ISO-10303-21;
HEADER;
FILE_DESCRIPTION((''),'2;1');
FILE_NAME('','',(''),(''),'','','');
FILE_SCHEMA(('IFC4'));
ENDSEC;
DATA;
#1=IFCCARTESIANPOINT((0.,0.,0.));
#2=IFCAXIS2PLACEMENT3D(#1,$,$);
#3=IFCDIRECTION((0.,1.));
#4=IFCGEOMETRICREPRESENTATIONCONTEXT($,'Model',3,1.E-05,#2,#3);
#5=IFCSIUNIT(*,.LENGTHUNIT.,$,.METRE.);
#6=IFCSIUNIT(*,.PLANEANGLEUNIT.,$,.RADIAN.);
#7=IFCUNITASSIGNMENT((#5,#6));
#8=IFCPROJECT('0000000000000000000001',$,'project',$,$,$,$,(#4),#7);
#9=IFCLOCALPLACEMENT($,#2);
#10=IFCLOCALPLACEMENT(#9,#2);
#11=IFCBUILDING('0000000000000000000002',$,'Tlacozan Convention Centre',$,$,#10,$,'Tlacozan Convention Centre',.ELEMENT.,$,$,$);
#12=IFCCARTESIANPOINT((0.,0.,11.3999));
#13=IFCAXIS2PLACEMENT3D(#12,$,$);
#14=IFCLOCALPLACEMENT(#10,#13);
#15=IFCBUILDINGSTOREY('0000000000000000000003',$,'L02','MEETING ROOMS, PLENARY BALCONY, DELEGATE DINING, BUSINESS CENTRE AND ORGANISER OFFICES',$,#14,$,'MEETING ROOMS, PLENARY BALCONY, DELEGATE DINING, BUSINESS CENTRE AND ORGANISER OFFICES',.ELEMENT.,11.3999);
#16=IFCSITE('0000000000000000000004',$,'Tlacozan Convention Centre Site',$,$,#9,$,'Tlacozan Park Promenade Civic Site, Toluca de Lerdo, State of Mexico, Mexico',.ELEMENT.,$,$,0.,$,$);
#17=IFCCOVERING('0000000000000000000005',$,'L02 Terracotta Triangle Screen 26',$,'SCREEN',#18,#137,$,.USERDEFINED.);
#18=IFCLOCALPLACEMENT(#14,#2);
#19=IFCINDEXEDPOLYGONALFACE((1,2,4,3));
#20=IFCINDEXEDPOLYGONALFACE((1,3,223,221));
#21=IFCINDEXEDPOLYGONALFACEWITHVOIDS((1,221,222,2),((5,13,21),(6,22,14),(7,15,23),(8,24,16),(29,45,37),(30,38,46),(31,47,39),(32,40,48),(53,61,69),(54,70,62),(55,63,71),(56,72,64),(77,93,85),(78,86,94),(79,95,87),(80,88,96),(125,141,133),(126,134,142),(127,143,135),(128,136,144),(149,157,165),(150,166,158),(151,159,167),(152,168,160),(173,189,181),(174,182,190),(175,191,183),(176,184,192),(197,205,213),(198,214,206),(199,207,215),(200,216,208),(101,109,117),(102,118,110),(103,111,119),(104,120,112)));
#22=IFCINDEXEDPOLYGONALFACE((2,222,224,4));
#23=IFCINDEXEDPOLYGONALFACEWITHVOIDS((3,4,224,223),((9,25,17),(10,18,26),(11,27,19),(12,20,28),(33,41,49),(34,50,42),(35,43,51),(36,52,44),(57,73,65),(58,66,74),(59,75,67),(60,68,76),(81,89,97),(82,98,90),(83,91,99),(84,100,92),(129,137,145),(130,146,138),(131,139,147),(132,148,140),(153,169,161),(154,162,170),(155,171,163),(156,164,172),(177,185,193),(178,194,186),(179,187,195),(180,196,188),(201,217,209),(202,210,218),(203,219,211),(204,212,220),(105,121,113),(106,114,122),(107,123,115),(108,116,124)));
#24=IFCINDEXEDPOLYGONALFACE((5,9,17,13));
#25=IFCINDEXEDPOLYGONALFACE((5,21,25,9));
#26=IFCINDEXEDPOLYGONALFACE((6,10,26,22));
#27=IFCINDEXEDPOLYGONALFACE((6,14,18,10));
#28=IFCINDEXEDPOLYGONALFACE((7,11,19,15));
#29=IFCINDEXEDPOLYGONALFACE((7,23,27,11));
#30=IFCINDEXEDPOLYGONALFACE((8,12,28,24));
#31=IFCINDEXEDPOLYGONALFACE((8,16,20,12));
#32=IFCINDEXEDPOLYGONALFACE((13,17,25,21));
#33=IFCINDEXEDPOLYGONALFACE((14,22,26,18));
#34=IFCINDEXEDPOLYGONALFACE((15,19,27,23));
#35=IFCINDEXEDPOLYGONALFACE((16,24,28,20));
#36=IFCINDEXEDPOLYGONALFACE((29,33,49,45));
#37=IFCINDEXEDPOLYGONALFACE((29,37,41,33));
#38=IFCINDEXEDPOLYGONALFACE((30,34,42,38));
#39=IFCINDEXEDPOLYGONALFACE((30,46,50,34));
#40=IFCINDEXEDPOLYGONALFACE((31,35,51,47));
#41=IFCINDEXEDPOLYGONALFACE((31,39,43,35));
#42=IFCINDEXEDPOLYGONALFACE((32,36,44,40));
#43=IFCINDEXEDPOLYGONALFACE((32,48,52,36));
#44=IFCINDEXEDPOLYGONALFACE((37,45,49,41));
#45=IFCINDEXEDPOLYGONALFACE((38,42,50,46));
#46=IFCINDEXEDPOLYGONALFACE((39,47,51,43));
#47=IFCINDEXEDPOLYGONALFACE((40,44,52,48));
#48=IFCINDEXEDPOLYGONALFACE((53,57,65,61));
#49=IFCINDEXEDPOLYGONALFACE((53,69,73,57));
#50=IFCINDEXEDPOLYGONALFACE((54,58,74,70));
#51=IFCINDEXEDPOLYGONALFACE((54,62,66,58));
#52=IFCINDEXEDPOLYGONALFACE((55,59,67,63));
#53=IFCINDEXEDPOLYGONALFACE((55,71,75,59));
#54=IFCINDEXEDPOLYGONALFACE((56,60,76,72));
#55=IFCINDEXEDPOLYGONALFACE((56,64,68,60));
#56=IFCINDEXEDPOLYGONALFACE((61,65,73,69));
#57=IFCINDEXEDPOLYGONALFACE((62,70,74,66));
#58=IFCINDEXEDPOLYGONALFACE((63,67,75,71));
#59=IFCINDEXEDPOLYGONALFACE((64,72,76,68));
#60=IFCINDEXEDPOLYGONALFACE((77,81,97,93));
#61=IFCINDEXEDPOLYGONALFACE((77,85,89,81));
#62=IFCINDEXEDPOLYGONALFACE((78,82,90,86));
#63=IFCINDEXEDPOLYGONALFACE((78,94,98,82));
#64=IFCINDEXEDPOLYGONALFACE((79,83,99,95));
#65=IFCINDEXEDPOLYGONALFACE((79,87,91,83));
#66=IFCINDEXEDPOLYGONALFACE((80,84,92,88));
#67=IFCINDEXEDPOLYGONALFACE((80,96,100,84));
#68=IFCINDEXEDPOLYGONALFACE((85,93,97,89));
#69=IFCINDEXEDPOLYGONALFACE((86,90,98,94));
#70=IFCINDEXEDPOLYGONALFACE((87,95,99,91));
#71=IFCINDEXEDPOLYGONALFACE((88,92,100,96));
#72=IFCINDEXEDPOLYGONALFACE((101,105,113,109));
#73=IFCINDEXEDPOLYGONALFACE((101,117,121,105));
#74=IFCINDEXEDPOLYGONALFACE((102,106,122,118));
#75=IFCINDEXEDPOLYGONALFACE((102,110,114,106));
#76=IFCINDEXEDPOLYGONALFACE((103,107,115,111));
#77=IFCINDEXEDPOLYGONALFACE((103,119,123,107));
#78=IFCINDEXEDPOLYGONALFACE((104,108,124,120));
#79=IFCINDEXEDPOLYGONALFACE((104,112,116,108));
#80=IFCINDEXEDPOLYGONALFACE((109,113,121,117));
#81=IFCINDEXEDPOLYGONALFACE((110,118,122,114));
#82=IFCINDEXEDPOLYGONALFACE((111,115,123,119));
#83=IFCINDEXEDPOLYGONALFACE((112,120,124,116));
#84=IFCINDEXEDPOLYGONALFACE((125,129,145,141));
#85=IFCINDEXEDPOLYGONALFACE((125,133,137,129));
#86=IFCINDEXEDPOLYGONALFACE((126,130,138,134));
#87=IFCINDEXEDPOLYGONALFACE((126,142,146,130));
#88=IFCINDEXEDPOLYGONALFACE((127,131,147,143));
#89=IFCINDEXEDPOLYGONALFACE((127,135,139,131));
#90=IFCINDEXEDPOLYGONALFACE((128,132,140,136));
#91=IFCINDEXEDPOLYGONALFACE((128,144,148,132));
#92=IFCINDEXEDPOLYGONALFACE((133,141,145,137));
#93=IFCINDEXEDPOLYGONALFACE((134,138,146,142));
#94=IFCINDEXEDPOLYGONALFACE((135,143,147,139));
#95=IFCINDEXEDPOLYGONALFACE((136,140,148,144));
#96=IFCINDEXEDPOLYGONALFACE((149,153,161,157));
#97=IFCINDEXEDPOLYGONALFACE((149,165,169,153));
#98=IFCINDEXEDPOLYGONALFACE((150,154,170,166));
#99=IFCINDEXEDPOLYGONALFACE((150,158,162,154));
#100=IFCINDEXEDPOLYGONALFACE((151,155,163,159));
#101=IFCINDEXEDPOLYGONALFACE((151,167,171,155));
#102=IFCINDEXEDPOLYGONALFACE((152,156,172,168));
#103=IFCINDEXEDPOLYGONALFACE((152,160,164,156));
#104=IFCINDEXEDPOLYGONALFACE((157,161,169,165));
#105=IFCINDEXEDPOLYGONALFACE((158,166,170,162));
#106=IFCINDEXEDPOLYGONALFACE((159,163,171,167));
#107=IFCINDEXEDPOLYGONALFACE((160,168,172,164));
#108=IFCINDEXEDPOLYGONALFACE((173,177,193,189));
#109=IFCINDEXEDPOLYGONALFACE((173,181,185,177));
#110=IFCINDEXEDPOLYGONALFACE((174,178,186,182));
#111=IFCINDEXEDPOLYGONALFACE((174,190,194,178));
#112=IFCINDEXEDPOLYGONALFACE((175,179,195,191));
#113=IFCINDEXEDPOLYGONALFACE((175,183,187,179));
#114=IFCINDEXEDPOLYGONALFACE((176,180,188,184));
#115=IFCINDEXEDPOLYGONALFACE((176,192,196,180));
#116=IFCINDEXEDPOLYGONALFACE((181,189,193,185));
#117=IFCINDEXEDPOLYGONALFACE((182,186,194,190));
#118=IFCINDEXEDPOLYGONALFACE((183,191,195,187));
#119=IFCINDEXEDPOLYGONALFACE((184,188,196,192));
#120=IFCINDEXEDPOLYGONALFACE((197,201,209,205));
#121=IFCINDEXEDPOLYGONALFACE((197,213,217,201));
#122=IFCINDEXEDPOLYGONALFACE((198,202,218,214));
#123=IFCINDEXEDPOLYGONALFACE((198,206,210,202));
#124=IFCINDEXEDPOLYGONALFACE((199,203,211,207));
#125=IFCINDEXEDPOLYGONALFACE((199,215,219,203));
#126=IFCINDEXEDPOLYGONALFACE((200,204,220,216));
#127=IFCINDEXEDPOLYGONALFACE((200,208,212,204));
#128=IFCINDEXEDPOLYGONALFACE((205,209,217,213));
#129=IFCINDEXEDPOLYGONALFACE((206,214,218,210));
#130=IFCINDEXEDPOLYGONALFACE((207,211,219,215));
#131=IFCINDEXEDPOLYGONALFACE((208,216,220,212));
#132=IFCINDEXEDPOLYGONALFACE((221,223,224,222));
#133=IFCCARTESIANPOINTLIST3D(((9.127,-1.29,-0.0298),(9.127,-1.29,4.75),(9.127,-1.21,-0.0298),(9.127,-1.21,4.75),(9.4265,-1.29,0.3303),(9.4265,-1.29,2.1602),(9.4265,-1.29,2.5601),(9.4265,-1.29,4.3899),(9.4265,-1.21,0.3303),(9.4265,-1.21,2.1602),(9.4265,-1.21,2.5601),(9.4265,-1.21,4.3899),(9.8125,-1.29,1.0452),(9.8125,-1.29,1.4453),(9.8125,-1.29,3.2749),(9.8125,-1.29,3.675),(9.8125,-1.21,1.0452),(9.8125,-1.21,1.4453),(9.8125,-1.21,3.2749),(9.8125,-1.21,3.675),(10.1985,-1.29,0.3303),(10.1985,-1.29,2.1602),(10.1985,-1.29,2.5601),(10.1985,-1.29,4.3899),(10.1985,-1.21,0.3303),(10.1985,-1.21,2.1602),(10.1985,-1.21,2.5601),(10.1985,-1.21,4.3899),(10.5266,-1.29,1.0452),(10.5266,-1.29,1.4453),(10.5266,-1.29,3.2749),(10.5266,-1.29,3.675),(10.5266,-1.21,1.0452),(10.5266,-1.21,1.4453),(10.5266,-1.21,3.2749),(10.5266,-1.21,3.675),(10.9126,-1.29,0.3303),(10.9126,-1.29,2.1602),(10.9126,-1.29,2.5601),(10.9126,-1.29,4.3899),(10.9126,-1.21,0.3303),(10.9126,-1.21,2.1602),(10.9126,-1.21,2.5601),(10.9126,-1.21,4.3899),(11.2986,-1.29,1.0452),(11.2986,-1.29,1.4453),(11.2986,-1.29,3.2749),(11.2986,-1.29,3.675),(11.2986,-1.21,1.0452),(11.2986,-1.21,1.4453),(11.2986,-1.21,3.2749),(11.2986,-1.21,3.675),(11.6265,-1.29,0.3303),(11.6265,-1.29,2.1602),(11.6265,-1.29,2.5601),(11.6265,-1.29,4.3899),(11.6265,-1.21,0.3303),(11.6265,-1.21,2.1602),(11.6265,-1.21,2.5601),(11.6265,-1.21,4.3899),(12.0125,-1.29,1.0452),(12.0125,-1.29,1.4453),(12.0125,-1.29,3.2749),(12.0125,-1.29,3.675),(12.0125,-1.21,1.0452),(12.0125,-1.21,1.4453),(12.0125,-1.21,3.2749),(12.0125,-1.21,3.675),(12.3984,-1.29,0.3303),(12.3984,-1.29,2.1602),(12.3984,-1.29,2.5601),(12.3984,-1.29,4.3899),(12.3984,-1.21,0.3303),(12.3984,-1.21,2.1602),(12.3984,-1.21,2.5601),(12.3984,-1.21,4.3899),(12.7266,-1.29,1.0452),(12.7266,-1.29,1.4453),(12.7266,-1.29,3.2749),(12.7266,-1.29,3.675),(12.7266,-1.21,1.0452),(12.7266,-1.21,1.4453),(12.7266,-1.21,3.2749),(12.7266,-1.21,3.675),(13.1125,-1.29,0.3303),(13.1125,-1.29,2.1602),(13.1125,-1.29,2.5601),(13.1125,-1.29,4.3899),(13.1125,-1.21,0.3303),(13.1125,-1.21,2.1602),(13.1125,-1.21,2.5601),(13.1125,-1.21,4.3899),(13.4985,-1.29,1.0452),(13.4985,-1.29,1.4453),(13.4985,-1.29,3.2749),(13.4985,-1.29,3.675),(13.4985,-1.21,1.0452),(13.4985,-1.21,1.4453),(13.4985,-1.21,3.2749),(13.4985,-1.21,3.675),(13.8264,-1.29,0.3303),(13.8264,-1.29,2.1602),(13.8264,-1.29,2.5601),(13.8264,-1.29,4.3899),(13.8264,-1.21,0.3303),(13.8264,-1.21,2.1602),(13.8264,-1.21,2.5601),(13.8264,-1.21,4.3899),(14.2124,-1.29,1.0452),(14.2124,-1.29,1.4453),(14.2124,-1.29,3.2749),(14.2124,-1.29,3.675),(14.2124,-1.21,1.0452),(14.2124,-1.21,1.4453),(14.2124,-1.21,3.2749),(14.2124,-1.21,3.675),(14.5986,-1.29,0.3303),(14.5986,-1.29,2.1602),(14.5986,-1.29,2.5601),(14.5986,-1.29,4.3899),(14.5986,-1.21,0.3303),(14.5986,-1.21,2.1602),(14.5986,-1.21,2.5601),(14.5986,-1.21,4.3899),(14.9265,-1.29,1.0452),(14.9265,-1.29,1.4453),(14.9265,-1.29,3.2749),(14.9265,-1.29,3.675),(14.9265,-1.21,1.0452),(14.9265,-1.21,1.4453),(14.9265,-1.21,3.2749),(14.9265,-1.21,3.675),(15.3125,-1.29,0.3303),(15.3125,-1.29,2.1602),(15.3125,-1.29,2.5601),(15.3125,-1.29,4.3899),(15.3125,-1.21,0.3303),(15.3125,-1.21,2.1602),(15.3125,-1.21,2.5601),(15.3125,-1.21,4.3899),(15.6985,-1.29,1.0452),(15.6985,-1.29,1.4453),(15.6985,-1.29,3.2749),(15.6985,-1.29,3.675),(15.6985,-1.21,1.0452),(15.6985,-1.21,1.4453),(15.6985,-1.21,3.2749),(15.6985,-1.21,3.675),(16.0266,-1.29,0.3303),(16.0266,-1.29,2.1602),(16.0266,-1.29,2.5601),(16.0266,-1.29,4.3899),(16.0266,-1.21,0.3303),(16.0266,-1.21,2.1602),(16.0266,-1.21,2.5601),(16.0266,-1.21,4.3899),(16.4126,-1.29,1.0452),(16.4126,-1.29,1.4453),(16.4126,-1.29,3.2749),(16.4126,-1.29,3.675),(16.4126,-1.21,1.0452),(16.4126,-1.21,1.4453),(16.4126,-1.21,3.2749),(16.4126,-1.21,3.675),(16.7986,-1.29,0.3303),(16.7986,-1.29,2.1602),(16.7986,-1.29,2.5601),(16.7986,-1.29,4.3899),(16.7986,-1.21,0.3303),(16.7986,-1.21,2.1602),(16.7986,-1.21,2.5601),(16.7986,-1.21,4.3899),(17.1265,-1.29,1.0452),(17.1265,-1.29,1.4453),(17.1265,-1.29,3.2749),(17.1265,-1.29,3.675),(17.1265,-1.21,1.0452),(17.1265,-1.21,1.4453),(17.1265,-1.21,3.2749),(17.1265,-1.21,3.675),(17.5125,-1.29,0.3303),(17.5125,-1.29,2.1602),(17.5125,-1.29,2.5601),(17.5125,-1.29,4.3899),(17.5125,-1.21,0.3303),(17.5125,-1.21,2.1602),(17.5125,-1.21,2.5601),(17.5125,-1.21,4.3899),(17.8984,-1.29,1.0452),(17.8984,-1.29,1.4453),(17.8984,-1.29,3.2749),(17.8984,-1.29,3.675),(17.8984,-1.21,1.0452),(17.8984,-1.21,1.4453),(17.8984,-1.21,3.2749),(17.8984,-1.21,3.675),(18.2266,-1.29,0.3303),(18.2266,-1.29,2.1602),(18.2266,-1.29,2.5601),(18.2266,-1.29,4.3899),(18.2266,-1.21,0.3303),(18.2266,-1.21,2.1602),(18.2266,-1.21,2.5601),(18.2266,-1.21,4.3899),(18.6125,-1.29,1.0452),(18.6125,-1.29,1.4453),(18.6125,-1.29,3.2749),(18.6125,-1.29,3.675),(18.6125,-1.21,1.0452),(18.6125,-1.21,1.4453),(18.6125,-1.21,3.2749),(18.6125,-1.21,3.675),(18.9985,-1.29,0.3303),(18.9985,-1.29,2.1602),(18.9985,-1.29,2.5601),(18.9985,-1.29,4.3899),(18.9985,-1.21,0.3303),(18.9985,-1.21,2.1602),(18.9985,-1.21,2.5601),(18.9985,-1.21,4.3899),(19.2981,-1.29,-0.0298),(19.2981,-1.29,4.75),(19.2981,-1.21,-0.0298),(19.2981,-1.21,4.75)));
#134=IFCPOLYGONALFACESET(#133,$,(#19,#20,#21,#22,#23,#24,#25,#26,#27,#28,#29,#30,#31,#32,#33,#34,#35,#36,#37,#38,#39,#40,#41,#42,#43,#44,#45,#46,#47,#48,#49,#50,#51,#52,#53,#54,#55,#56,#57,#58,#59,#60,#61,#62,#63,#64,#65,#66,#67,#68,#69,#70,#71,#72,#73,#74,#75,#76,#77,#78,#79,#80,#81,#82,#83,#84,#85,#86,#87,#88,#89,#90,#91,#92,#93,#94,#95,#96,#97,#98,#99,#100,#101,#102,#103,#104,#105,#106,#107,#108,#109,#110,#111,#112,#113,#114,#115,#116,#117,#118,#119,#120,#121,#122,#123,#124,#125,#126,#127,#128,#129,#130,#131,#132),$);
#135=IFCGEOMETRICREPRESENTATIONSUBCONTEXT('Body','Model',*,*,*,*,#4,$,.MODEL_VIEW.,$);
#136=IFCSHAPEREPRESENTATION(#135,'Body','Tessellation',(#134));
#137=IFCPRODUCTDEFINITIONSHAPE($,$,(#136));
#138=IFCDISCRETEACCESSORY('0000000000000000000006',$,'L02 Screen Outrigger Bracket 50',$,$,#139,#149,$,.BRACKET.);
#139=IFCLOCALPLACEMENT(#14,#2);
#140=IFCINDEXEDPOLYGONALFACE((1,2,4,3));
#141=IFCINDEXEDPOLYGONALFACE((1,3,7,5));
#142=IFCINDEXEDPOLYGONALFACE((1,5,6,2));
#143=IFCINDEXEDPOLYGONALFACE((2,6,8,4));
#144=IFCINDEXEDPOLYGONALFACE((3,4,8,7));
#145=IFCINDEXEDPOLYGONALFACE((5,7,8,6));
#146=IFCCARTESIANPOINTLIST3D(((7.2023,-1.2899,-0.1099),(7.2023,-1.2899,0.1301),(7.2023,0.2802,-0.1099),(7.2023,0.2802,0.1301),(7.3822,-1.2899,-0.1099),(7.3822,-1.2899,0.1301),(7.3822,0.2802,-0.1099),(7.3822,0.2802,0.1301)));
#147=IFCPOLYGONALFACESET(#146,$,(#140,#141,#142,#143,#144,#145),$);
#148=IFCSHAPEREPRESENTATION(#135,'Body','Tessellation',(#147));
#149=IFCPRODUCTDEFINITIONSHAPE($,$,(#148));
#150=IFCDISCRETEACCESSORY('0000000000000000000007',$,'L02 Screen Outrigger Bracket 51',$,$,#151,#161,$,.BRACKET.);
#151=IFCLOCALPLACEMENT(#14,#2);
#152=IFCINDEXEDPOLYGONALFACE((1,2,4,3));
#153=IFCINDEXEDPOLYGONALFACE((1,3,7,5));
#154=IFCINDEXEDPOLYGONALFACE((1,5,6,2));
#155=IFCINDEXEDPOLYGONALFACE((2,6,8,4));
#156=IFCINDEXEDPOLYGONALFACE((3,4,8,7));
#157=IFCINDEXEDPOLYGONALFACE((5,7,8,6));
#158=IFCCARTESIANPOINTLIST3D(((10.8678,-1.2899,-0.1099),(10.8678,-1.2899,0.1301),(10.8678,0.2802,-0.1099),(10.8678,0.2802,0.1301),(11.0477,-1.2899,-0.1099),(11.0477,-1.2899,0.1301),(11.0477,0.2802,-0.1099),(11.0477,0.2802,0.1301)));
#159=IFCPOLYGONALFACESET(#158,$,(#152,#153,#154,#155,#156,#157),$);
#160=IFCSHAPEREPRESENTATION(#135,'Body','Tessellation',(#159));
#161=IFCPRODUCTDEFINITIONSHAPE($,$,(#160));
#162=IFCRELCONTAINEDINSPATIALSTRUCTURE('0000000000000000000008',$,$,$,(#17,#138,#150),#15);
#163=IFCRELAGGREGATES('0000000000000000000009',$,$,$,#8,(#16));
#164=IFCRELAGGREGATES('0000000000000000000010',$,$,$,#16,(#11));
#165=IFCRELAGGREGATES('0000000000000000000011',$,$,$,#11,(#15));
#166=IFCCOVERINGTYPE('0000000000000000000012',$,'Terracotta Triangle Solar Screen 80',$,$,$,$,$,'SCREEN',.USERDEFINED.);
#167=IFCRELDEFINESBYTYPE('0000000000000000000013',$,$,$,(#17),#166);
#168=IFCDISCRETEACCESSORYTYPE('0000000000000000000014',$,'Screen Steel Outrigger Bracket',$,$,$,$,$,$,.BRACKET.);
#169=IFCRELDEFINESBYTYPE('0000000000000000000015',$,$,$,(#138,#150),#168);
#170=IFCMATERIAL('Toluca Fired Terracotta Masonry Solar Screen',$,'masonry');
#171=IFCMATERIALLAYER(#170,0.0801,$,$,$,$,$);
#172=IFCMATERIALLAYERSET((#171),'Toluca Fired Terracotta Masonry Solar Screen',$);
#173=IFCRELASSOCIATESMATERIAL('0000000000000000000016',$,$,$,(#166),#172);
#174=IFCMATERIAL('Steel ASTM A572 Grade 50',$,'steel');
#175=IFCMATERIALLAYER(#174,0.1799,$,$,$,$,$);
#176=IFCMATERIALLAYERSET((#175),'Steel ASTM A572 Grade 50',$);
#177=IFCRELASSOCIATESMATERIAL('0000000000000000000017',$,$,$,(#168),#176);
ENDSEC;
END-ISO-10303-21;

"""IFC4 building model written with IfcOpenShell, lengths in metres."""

from ifc_helpers import new_model, si_unit, direction, frame, origin, origin_2d, place, context, subcontext, project, spatial, polyline, rectangle, outline, extrude, material, layer, layer_set, type_object, element, save


model = new_model("IFC4")

# Units and contexts
model_context = context("Model", 3, precision=1e-05, world=origin(), true_north=direction((0.0, 1.0)))
body_context = subcontext(model_context, "Body", "Model", "MODEL_VIEW")
ifc_project = project(units=[si_unit("LENGTHUNIT", "METRE"), si_unit("PLANEANGLEUNIT", "RADIAN")], contexts=[model_context])

# Site, building, storey
site_placement = place(None, origin())
site = spatial("IfcSite", under=ifc_project, at=site_placement, Name="Tlacozan Convention Centre Site", LongName="Tlacozan Park Promenade Civic Site, Toluca de Lerdo, State of Mexico, Mexico", CompositionType="ELEMENT", RefElevation=0.0)
building_placement = place(site_placement, origin())
building = spatial("IfcBuilding", under=site, at=building_placement, Name="Tlacozan Convention Centre", LongName="Tlacozan Convention Centre", CompositionType="ELEMENT")
storey_placement = place(building_placement, frame((0.0, 0.0, 11.3999)))
storey = spatial("IfcBuildingStorey", under=building, at=storey_placement, Name="L02", Description="MEETING ROOMS, PLENARY BALCONY, DELEGATE DINING, BUSINESS CENTRE AND ORGANISER OFFICES", LongName="MEETING ROOMS, PLENARY BALCONY, DELEGATE DINING, BUSINESS CENTRE AND ORGANISER OFFICES", CompositionType="ELEMENT", Elevation=11.3999)

# Covering
ifc_material_1 = material(Name="Toluca Fired Terracotta Masonry Solar Screen", Category="masonry")
ifc_layer_1 = layer(ifc_material_1, 0.0801)
ifc_layer_set_1 = layer_set([ifc_layer_1], Name="Toluca Fired Terracotta Masonry Solar Screen")
covering_type = type_object("IfcCoveringType", Name="Terracotta Triangle Solar Screen 80", ElementType="SCREEN", PredefinedType="USERDEFINED", material=ifc_layer_set_1)
covering_placement = place(storey_placement, frame((9.127, -1.25, -0.0298), z_axis=(0.0, 0.0, 1.0), x_axis=(1.0, 0.0, 0.0)))
element("IfcCovering", 1, at=covering_placement, inside=storey, type_object=covering_type, Name="L02 Terracotta Triangle Screen 26", ObjectType="SCREEN", PredefinedType="USERDEFINED", context=body_context, shape_type="SweptSolid", body=[
    extrude(outline(polyline([(0.0, 0.0), (10.1711, 0.0), (10.1711, 4.7798), (0.0, 4.7798), (0.0, 0.0)]), holes=[polyline([(0.2996, 0.3601), (1.0715, 0.3601), (0.6855, 1.075), (0.2996, 0.3601)]), polyline([(1.3997, 1.075), (2.1716, 1.075), (1.7856, 0.3601), (1.3997, 1.075)]), polyline([(2.4995, 0.3601), (3.2715, 0.3601), (2.8855, 1.075), (2.4995, 0.3601)]), polyline([(3.5996, 1.075), (4.3716, 1.075), (3.9856, 0.3601), (3.5996, 1.075)]), polyline([(4.6995, 0.3601), (5.4717, 0.3601), (5.0854, 1.075), (4.6995, 0.3601)]), polyline([(5.7996, 1.075), (6.5715, 1.075), (6.1855, 0.3601), (5.7996, 1.075)]), polyline([(6.8997, 0.3601), (7.6716, 0.3601), (7.2856, 1.075), (6.8997, 0.3601)]), polyline([(7.9995, 1.075), (8.7715, 1.075), (8.3855, 0.3601), (7.9995, 1.075)]), polyline([(9.0996, 0.3601), (9.8716, 0.3601), (9.4856, 1.075), (9.0996, 0.3601)]), polyline([(0.2996, 2.1899), (1.0715, 2.1899), (0.6855, 1.4751), (0.2996, 2.1899)]), polyline([(1.3997, 1.4751), (2.1716, 1.4751), (1.7856, 2.1899), (1.3997, 1.4751)]), polyline([(2.4995, 2.1899), (3.2715, 2.1899), (2.8855, 1.4751), (2.4995, 2.1899)]), polyline([(3.5996, 1.4751), (4.3716, 1.4751), (3.9856, 2.1899), (3.5996, 1.4751)]), polyline([(4.6995, 2.1899), (5.4717, 2.1899), (5.0854, 1.4751), (4.6995, 2.1899)]), polyline([(5.7996, 1.4751), (6.5715, 1.4751), (6.1855, 2.1899), (5.7996, 1.4751)]), polyline([(6.8997, 2.1899), (7.6716, 2.1899), (7.2856, 1.4751), (6.8997, 2.1899)]), polyline([(7.9995, 1.4751), (8.7715, 1.4751), (8.3855, 2.1899), (7.9995, 1.4751)]), polyline([(9.0996, 2.1899), (9.8716, 2.1899), (9.4856, 1.4751), (9.0996, 2.1899)]), polyline([(0.2996, 2.5898), (1.0715, 2.5898), (0.6855, 3.3047), (0.2996, 2.5898)]), polyline([(1.3997, 3.3047), (2.1716, 3.3047), (1.7856, 2.5898), (1.3997, 3.3047)]), polyline([(2.4995, 2.5898), (3.2715, 2.5898), (2.8855, 3.3047), (2.4995, 2.5898)]), polyline([(3.5996, 3.3047), (4.3716, 3.3047), (3.9856, 2.5898), (3.5996, 3.3047)]), polyline([(4.6995, 2.5898), (5.4717, 2.5898), (5.0854, 3.3047), (4.6995, 2.5898)]), polyline([(5.7996, 3.3047), (6.5715, 3.3047), (6.1855, 2.5898), (5.7996, 3.3047)]), polyline([(6.8997, 2.5898), (7.6716, 2.5898), (7.2856, 3.3047), (6.8997, 2.5898)]), polyline([(7.9995, 3.3047), (8.7715, 3.3047), (8.3855, 2.5898), (7.9995, 3.3047)]), polyline([(9.0996, 2.5898), (9.8716, 2.5898), (9.4856, 3.3047), (9.0996, 2.5898)]), polyline([(0.2996, 4.4197), (1.0715, 4.4197), (0.6855, 3.7048), (0.2996, 4.4197)]), polyline([(1.3997, 3.7048), (2.1716, 3.7048), (1.7856, 4.4197), (1.3997, 3.7048)]), polyline([(2.4995, 4.4197), (3.2715, 4.4197), (2.8855, 3.7048), (2.4995, 4.4197)]), polyline([(3.5996, 3.7048), (4.3716, 3.7048), (3.9856, 4.4197), (3.5996, 3.7048)]), polyline([(4.6995, 4.4197), (5.4717, 4.4197), (5.0854, 3.7048), (4.6995, 4.4197)]), polyline([(5.7996, 3.7048), (6.5715, 3.7048), (6.1855, 4.4197), (5.7996, 3.7048)]), polyline([(6.8997, 4.4197), (7.6716, 4.4197), (7.2856, 3.7048), (6.8997, 4.4197)]), polyline([(7.9995, 3.7048), (8.7715, 3.7048), (8.3855, 4.4197), (7.9995, 3.7048)]), polyline([(9.0996, 4.4197), (9.8716, 4.4197), (9.4856, 3.7048), (9.0996, 4.4197)])]), frame((0.0, 0.04, 0.0), z_axis=(0.0, -1.0, 0.0), x_axis=(1.0, 0.0, 0.0)), (0.0, 0.0, 1.0), 0.0801),
])

# Discrete accessories
ifc_material_2 = material(Name="Steel ASTM A572 Grade 50", Category="steel")
ifc_layer_2 = layer(ifc_material_2, 0.1799)
ifc_layer_set_2 = layer_set([ifc_layer_2], Name="Steel ASTM A572 Grade 50")
discrete_accessory_type = type_object("IfcDiscreteAccessoryType", Name="Screen Steel Outrigger Bracket", PredefinedType="BRACKET", material=ifc_layer_set_2)
for number, where, z_axis, x_axis, name in (
    (2, (7.2922, -0.5049, -0.1099), (0.0, 0.0, 1.0), (0.0, 1.0, 0.0), "L02 Screen Outrigger Bracket 50"),
    (3, (10.9578, -0.5049, -0.1099), (0.0, 0.0, 1.0), (0.0, 1.0, 0.0), "L02 Screen Outrigger Bracket 51"),
):
    element("IfcDiscreteAccessory", number, at=place(storey_placement, frame(where, z_axis=z_axis, x_axis=x_axis)), inside=storey, type_object=discrete_accessory_type, Name=name, PredefinedType="BRACKET", context=body_context, shape_type="SweptSolid", body=[
        extrude(rectangle(XDim=1.5701, YDim=0.1799, at=origin_2d()), origin(), (0.0, 0.0, 1.0), 0.24),
    ])

save(model, "model.ifc")
